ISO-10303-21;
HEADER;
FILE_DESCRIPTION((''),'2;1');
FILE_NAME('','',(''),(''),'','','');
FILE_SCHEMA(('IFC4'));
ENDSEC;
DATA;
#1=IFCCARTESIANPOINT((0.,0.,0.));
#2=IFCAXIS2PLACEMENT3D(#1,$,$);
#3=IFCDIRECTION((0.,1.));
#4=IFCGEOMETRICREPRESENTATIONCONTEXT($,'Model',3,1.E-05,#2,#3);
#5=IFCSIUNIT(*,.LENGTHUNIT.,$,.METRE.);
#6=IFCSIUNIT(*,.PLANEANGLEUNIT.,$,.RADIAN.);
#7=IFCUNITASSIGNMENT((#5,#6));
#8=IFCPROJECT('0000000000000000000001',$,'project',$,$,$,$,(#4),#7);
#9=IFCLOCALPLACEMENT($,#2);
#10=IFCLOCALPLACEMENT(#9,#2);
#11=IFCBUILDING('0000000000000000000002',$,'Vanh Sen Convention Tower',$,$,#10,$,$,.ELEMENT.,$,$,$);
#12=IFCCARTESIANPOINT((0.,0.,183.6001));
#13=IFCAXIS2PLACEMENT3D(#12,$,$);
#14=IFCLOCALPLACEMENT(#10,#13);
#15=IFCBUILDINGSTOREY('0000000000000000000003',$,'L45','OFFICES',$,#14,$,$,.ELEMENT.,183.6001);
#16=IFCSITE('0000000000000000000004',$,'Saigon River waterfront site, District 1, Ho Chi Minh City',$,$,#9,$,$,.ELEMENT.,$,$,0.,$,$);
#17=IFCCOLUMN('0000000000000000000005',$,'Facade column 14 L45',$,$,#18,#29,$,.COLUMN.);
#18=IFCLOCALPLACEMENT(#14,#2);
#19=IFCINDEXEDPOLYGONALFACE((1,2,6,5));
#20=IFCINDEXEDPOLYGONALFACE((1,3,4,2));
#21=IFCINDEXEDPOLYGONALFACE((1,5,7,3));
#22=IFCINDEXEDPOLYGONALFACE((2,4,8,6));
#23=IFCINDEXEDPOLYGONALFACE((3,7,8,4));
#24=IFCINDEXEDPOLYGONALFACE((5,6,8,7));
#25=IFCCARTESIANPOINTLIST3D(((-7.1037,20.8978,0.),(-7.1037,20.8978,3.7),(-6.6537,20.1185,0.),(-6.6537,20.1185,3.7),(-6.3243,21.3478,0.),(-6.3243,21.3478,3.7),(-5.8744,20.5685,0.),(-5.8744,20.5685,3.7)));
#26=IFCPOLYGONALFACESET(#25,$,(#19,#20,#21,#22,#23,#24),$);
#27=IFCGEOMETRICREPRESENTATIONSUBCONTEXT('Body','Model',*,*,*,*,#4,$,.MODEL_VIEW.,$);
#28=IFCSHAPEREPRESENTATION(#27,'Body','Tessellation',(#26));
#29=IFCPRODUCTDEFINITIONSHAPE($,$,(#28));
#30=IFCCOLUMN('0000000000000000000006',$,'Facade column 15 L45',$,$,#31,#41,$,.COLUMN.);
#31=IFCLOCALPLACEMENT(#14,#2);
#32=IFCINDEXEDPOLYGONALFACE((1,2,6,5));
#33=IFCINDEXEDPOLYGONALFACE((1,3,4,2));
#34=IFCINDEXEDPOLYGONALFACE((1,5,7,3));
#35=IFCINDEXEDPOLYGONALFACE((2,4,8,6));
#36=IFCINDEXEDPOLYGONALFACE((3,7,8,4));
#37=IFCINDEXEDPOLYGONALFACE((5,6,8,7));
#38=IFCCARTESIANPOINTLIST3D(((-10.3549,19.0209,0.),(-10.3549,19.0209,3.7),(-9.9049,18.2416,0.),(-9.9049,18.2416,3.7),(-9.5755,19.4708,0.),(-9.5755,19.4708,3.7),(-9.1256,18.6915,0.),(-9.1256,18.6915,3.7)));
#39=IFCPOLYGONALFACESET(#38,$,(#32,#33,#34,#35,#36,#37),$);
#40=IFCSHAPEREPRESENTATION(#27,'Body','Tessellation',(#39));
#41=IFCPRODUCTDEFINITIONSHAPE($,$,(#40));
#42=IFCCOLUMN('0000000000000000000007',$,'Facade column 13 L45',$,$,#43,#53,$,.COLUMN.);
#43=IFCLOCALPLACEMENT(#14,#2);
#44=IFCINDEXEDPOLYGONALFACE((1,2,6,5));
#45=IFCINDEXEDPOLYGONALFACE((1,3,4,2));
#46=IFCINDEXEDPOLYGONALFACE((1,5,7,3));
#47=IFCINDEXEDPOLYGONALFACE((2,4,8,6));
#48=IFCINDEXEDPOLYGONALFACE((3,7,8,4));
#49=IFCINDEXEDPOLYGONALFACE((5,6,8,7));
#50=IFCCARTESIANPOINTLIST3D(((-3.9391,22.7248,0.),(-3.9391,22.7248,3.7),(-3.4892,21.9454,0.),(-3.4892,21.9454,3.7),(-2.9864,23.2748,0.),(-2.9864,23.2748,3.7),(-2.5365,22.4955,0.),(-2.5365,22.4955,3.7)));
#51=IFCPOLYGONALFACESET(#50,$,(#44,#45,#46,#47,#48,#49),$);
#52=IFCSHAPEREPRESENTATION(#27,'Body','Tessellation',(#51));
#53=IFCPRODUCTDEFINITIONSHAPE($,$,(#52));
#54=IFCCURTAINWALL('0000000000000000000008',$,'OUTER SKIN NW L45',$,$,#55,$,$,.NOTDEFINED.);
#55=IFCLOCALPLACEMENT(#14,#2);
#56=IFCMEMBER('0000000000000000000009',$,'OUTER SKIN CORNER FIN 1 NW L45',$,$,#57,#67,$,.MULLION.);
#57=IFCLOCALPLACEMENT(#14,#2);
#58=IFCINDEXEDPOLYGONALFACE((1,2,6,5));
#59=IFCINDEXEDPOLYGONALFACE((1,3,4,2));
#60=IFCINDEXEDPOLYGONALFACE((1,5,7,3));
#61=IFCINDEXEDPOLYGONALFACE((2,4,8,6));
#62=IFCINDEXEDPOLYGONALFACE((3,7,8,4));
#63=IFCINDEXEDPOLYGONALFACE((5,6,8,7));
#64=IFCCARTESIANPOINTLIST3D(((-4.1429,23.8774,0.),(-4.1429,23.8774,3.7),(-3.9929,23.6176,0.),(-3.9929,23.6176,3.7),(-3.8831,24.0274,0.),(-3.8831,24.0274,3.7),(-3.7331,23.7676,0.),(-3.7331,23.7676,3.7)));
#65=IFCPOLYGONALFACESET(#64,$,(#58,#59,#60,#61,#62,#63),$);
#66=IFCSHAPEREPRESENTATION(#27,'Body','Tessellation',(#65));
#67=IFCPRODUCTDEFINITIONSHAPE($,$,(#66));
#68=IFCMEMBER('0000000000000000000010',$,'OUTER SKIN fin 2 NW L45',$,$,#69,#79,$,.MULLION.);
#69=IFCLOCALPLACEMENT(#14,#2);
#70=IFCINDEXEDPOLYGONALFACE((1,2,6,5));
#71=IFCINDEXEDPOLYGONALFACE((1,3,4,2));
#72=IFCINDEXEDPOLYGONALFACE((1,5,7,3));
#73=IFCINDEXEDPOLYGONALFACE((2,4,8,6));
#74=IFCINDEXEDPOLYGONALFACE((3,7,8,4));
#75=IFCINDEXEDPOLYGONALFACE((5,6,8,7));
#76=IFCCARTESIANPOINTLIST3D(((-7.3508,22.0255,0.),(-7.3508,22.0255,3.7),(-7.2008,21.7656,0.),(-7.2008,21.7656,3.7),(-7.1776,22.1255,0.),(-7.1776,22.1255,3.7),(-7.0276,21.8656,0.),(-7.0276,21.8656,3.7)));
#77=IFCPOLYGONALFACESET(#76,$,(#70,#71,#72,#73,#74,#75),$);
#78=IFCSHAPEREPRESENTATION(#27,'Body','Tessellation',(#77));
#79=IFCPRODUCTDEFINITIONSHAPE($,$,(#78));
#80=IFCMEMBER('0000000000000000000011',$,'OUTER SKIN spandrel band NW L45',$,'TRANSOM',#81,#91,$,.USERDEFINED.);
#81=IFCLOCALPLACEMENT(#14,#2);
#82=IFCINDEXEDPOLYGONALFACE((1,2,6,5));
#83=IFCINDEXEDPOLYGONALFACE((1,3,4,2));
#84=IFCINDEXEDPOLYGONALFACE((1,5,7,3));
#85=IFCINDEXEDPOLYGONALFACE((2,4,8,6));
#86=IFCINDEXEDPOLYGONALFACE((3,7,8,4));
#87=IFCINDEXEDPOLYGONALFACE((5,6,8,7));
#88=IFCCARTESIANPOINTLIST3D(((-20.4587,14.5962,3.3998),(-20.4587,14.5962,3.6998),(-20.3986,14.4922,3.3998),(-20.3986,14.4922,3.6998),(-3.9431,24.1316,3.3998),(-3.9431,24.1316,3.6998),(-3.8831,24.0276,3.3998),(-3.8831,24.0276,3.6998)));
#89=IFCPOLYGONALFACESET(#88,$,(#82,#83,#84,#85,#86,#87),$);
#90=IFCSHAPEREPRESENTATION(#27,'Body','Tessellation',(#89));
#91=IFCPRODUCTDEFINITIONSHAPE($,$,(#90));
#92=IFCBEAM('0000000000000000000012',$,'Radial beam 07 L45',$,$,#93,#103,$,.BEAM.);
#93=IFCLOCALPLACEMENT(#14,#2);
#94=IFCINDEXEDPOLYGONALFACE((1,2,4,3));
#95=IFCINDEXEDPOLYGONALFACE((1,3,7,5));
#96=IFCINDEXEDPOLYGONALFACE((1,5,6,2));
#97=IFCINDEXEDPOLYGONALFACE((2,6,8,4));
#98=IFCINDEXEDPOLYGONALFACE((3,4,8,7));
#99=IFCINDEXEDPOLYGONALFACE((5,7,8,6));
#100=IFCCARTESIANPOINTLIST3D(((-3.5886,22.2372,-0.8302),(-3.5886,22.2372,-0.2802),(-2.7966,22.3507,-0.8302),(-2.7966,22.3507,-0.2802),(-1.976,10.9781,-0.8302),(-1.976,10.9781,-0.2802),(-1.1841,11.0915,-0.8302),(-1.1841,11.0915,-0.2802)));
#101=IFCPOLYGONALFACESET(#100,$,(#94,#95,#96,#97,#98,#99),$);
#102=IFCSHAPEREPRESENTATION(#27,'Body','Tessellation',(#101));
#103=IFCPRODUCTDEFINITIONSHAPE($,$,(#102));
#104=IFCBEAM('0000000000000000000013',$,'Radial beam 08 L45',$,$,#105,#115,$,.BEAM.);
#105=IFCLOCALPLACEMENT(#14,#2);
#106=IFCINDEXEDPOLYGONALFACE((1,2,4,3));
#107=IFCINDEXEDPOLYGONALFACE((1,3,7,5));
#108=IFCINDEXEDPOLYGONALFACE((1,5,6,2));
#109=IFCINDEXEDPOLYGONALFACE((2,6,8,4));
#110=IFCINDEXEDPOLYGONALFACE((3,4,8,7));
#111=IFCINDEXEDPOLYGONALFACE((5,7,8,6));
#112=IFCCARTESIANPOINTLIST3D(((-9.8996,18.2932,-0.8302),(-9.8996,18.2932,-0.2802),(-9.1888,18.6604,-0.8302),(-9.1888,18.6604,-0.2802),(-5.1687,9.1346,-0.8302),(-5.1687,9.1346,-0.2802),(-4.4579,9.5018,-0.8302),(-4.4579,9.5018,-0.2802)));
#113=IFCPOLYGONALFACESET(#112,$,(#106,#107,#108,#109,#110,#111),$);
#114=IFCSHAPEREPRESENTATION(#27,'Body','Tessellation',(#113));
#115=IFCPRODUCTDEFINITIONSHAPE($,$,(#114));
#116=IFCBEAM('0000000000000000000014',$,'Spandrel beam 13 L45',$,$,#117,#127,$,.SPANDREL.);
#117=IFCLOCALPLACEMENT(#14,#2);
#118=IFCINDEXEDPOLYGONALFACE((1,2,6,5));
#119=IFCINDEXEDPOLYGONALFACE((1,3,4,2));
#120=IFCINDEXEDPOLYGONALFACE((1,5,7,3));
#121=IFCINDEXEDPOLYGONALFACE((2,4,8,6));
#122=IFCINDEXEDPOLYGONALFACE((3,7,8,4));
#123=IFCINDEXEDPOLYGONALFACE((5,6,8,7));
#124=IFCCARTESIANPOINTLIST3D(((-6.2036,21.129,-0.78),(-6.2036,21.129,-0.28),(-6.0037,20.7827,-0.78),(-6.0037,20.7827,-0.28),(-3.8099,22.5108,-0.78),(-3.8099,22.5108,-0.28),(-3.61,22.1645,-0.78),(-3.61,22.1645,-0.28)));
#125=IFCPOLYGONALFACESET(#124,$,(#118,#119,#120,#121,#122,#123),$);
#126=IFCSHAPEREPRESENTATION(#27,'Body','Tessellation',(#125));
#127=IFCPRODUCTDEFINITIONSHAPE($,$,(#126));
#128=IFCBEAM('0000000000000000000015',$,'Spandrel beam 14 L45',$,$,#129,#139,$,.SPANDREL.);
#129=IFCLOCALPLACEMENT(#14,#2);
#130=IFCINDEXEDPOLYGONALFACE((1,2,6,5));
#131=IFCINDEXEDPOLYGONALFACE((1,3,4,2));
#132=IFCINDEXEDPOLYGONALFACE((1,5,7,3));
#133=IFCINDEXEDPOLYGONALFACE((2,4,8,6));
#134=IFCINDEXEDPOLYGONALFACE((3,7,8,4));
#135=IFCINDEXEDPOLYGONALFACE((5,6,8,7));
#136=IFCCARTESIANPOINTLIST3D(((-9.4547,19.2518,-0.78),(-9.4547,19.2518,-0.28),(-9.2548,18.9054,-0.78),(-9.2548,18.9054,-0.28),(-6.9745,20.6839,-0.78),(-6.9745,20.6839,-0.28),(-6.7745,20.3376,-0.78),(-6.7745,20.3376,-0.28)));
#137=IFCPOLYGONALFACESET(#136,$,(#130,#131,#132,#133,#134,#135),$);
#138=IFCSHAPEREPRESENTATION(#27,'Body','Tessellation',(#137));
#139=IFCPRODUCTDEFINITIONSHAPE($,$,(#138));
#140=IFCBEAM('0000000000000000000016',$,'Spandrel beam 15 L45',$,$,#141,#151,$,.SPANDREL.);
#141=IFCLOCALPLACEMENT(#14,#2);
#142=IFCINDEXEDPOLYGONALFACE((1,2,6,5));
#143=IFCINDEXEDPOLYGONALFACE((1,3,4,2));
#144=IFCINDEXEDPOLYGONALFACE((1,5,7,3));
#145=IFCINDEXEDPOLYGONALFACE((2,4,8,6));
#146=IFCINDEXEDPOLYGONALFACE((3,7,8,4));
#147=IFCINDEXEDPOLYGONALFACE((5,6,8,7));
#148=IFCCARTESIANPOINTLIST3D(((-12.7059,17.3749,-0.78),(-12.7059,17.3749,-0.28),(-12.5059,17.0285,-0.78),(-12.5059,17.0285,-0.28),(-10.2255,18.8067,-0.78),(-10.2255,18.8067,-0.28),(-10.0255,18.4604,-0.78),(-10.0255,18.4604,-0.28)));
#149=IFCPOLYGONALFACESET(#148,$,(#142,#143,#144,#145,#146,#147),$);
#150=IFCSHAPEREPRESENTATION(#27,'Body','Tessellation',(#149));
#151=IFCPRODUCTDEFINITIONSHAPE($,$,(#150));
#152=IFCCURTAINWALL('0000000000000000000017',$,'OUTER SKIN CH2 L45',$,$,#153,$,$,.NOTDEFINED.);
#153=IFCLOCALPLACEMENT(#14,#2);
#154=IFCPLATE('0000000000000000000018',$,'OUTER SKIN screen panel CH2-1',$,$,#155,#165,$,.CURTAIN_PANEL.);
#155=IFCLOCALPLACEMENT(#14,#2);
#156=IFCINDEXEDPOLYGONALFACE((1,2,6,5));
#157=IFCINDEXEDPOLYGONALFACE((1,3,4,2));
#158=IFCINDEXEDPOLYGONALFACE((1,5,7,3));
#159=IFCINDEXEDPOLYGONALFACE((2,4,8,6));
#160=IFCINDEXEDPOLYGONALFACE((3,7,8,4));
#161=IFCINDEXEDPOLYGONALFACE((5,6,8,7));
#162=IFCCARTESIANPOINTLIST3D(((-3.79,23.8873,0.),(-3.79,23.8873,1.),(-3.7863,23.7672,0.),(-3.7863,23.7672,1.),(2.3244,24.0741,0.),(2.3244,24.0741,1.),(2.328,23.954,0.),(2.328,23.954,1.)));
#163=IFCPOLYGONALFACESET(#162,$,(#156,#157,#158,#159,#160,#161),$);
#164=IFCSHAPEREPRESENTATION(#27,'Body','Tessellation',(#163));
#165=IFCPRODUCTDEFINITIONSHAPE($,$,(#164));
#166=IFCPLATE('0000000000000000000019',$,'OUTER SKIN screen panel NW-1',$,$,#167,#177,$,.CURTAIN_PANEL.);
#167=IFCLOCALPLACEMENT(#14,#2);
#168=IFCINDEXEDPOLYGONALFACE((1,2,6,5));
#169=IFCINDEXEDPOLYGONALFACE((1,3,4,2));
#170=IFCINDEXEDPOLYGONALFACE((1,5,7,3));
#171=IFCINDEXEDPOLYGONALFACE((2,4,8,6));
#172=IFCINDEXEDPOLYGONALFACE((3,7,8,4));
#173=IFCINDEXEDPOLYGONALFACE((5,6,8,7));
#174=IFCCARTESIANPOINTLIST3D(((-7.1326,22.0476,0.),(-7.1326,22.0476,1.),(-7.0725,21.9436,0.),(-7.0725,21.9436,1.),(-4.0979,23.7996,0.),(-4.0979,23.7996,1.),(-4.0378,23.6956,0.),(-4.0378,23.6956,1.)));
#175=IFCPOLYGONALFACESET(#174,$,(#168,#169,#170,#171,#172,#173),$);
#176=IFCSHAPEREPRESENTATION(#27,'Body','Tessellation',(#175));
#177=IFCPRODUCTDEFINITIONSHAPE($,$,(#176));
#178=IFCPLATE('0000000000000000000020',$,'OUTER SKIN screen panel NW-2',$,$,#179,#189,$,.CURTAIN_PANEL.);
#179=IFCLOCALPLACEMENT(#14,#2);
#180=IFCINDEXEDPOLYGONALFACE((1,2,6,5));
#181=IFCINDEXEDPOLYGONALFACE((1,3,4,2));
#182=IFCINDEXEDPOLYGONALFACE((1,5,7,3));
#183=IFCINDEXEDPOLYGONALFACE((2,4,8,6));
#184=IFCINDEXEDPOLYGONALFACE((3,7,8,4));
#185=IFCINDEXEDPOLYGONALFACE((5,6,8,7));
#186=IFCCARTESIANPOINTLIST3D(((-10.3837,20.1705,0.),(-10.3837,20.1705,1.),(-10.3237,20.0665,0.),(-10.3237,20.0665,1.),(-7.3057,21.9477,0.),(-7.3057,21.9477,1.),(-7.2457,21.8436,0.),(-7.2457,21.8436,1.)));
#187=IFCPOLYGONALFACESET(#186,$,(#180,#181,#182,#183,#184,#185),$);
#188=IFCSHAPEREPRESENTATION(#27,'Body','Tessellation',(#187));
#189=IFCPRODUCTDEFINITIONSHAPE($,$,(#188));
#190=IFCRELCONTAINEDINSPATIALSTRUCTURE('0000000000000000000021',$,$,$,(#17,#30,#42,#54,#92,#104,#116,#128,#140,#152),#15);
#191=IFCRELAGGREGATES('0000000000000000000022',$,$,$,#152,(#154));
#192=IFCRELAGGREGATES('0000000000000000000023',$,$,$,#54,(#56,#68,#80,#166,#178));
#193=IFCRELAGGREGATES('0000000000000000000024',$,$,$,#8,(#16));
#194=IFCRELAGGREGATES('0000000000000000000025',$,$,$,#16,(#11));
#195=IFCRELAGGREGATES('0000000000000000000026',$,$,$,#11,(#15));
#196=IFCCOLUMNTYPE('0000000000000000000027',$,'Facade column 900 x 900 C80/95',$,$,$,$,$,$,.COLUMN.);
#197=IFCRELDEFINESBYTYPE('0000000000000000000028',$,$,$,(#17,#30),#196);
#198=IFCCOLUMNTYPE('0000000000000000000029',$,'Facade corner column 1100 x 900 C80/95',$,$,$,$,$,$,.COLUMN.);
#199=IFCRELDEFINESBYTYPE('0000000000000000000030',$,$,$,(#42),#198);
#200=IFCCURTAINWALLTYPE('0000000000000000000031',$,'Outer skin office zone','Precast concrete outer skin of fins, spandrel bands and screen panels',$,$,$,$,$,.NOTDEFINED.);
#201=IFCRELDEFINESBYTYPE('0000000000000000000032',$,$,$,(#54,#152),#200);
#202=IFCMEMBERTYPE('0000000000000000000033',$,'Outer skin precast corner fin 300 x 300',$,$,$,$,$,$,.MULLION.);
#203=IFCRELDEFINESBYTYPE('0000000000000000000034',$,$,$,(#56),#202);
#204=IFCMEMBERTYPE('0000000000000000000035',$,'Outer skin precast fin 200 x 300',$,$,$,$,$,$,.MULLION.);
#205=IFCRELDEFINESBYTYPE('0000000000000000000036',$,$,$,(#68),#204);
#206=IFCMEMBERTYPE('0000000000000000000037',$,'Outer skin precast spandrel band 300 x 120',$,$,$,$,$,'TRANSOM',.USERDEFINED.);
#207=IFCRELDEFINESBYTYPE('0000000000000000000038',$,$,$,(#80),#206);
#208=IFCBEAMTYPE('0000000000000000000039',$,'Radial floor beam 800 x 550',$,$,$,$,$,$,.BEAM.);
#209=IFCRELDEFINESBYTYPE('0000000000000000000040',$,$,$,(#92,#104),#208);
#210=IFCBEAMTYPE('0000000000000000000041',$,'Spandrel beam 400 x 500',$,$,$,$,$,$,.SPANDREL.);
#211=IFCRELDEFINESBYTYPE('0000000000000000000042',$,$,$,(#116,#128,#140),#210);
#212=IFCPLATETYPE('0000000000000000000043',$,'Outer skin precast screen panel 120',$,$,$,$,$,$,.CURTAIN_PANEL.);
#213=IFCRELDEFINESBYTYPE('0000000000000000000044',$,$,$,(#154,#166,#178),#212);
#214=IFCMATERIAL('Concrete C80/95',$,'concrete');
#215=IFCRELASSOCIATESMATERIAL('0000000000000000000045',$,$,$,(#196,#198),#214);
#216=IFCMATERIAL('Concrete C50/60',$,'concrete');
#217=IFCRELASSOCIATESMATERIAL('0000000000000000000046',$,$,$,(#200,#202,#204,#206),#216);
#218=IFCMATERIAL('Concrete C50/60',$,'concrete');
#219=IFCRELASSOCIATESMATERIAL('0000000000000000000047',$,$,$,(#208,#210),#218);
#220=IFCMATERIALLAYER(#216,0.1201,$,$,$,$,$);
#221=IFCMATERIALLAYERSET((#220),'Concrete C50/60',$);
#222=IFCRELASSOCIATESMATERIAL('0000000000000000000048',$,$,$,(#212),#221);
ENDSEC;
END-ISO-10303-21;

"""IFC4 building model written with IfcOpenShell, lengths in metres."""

from ifc_helpers import new_model, si_unit, direction, frame, origin, origin_2d, place, context, subcontext, project, spatial, rectangle, extrude, material, layer, layer_set, material_profile, profile_set, type_object, element, aggregate, save


model = new_model("IFC4")

# Units and contexts
model_context = context("Model", 3, precision=1e-05, world=origin(), true_north=direction((0.0, 1.0)))
body_context = subcontext(model_context, "Body", "Model", "MODEL_VIEW")
ifc_project = project(units=[si_unit("LENGTHUNIT", "METRE"), si_unit("PLANEANGLEUNIT", "RADIAN")], contexts=[model_context])

# Site, building, storey
site_placement = place(None, origin())
site = spatial("IfcSite", under=ifc_project, at=site_placement, Name="Saigon River waterfront site, District 1, Ho Chi Minh City", CompositionType="ELEMENT", RefElevation=0.0)
building_placement = place(site_placement, origin())
building = spatial("IfcBuilding", under=site, at=building_placement, Name="Vanh Sen Convention Tower", CompositionType="ELEMENT")
storey_placement = place(building_placement, frame((0.0, 0.0, 183.6001)))
storey = spatial("IfcBuildingStorey", under=building, at=storey_placement, Name="L45", Description="OFFICES", CompositionType="ELEMENT", Elevation=183.6001)

# Columns
ifc_material_1 = material(Name="Concrete C80/95", Category="concrete")
ifc_material_profile_1 = material_profile(ifc_material_1, rectangle(XDim=0.8999, YDim=0.8999, at=origin_2d()), Name="RC 900X900")
ifc_profile_set_1 = profile_set([ifc_material_profile_1], Name="Concrete C80/95")
column_type_1 = type_object("IfcColumnType", Name="Facade column 900 x 900 C80/95", PredefinedType="COLUMN", material=ifc_profile_set_1)
for number, where, z_axis, x_axis, name in (
    (1, (-6.489, 20.7332, 0.0), (0.0, 0.0, 1.0), (-0.866025, -0.5, 0.0), "Facade column 14 L45"),
    (2, (-9.7402, 18.8562, 0.0), (0.0, 0.0, 1.0), (-0.866025, -0.5, 0.0), "Facade column 15 L45"),
):
    element("IfcColumn", number, at=place(storey_placement, frame(where, z_axis=z_axis, x_axis=x_axis)), inside=storey, type_object=column_type_1, Name=name, PredefinedType="COLUMN", context=body_context, shape_type="SweptSolid", body=[
        extrude(rectangle(XDim=0.8999, YDim=0.8999, at=origin_2d()), origin(), (0.0, 0.0, 1.0), 3.7),
    ])
ifc_material_profile_2 = material_profile(ifc_material_1, rectangle(XDim=1.1001, YDim=0.8999, at=origin_2d()), Name="RC 1100X900")
ifc_profile_set_2 = profile_set([ifc_material_profile_2], Name="Concrete C80/95")
column_type_2 = type_object("IfcColumnType", Name="Facade corner column 1100 x 900 C80/95", PredefinedType="COLUMN", material=ifc_profile_set_2)
column_placement = place(storey_placement, frame((-3.2378, 22.6101, 0.0), z_axis=(0.0, 0.0, 1.0), x_axis=(-0.866025, -0.5, 0.0)))
element("IfcColumn", 3, at=column_placement, inside=storey, type_object=column_type_2, Name="Facade column 13 L45", PredefinedType="COLUMN", context=body_context, shape_type="SweptSolid", body=[
    extrude(rectangle(XDim=1.1001, YDim=0.8999, at=origin_2d()), origin(), (0.0, 0.0, 1.0), 3.7),
])

# Curtain wall, members
ifc_material_2 = material(Name="Concrete C50/60", Category="concrete")
curtain_wall_type = type_object("IfcCurtainWallType", Name="Outer skin office zone", Description="Precast concrete outer skin of fins, spandrel bands and screen panels", PredefinedType="NOTDEFINED", material=ifc_material_2)
curtain_wall_1_placement = place(storey_placement, origin())
curtain_wall_1 = element("IfcCurtainWall", 4, at=curtain_wall_1_placement, inside=storey, type_object=curtain_wall_type, Name="OUTER SKIN NW L45", PredefinedType="NOTDEFINED")
ifc_material_profile_3 = material_profile(ifc_material_2, rectangle(XDim=0.3, YDim=0.3, at=origin_2d()), Name="Outer skin precast corner fin 300 x 300")
ifc_profile_set_3 = profile_set([ifc_material_profile_3], Name="Concrete C50/60")
member_type_1 = type_object("IfcMemberType", Name="Outer skin precast corner fin 300 x 300", PredefinedType="MULLION", material=ifc_profile_set_3)
member_1_placement = place(storey_placement, frame((-3.938, 23.8225, 0.0), z_axis=(0.0, 0.0, 1.0), x_axis=(-0.866025, -0.5, 0.0)))
member_1 = element("IfcMember", 5, at=member_1_placement, type_object=member_type_1, Name="OUTER SKIN CORNER FIN 1 NW L45", PredefinedType="MULLION", context=body_context, shape_type="SweptSolid", body=[
    extrude(rectangle(XDim=0.3, YDim=0.3, at=origin_2d()), origin(), (0.0, 0.0, 1.0), 3.7),
])
ifc_material_profile_4 = material_profile(ifc_material_2, rectangle(XDim=0.2, YDim=0.3, at=origin_2d()), Name="Outer skin precast fin 200 x 300")
ifc_profile_set_4 = profile_set([ifc_material_profile_4], Name="Concrete C50/60")
member_type_2 = type_object("IfcMemberType", Name="Outer skin precast fin 200 x 300", PredefinedType="MULLION", material=ifc_profile_set_4)
member_2_placement = place(storey_placement, frame((-7.1892, 21.9456, 0.0), z_axis=(0.0, 0.0, 1.0), x_axis=(-0.866025, -0.5, 0.0)))
member_2 = element("IfcMember", 6, at=member_2_placement, type_object=member_type_2, Name="OUTER SKIN fin 2 NW L45", PredefinedType="MULLION", context=body_context, shape_type="SweptSolid", body=[
    extrude(rectangle(XDim=0.2, YDim=0.3, at=origin_2d()), origin(), (0.0, 0.0, 1.0), 3.7),
])
ifc_material_profile_5 = material_profile(ifc_material_2, rectangle(XDim=0.1201, YDim=0.3, at=origin_2d()), Name="Outer skin precast spandrel band 300 x 120")
ifc_profile_set_5 = profile_set([ifc_material_profile_5], Name="Concrete C50/60")
member_type_3 = type_object("IfcMemberType", Name="Outer skin precast spandrel band 300 x 120", ElementType="TRANSOM", PredefinedType="USERDEFINED", material=ifc_profile_set_5)
member_3_placement = place(storey_placement, frame((-3.9131, 24.0796, 3.5498), z_axis=(-0.866023, -0.500004, 0.0), x_axis=(0.500004, -0.866023, 0.0)))
member_3 = element("IfcMember", 7, at=member_3_placement, type_object=member_type_3, Name="OUTER SKIN spandrel band NW L45", ObjectType="TRANSOM", PredefinedType="USERDEFINED", context=body_context, shape_type="SweptSolid", body=[
    extrude(rectangle(XDim=0.1201, YDim=0.3, at=origin_2d()), origin(), (0.0, 0.0, 1.0), 19.0706),
])

# Beams
ifc_material_3 = material(Name="Concrete C50/60", Category="concrete")
ifc_material_profile_6 = material_profile(ifc_material_3, rectangle(XDim=0.8, YDim=0.55, at=origin_2d()), Name="RC 800X550")
ifc_profile_set_6 = profile_set([ifc_material_profile_6], Name="Concrete C50/60")
beam_type_1 = type_object("IfcBeamType", Name="Radial floor beam 800 x 550", PredefinedType="BEAM", material=ifc_profile_set_6)
beam_1_placement = place(storey_placement, frame((-3.1926, 22.2939, -0.5552), z_axis=(0.141776, -0.989899, 0.0), x_axis=(0.989899, 0.141776, 0.0)))
element("IfcBeam", 8, at=beam_1_placement, inside=storey, type_object=beam_type_1, Name="Radial beam 07 L45", PredefinedType="BEAM", context=body_context, shape_type="SweptSolid", body=[
    extrude(rectangle(XDim=0.8, YDim=0.55, at=origin_2d()), origin(), (0.0, 0.0, 1.0), 11.374),
])
beam_2_placement = place(storey_placement, frame((-9.5442, 18.4768, -0.5552), z_axis=(0.458941, -0.888467, 0.0), x_axis=(0.888467, 0.458941, 0.0)))
element("IfcBeam", 9, at=beam_2_placement, inside=storey, type_object=beam_type_1, Name="Radial beam 08 L45", PredefinedType="BEAM", context=body_context, shape_type="SweptSolid", body=[
    extrude(rectangle(XDim=0.8, YDim=0.55, at=origin_2d()), origin(), (0.0, 0.0, 1.0), 10.3083),
])
ifc_material_profile_7 = material_profile(ifc_material_3, rectangle(XDim=0.3999, YDim=0.5, at=origin_2d()), Name="RC 400X500")
ifc_profile_set_7 = profile_set([ifc_material_profile_7], Name="Concrete C50/60")
beam_type_2 = type_object("IfcBeamType", Name="Spandrel beam 400 x 500", PredefinedType="SPANDREL", material=ifc_profile_set_7)
beam_3_placement = place(storey_placement, frame((-3.71, 22.3376, -0.53), z_axis=(-0.866061, -0.499939, 0.0), x_axis=(0.499939, -0.866061, 0.0)))
element("IfcBeam", 10, at=beam_3_placement, inside=storey, type_object=beam_type_2, Name="Spandrel beam 13 L45", PredefinedType="SPANDREL", context=body_context, shape_type="SweptSolid", body=[
    extrude(rectangle(XDim=0.3999, YDim=0.5, at=origin_2d()), origin(), (0.0, 0.0, 1.0), 2.7639),
])
for number, where, z_axis, x_axis, name in (
    (11, (-6.8745, 20.5107, -0.53), (-0.866, -0.500045, 0.0), (0.500045, -0.866, 0.0), "Spandrel beam 14 L45"),
    (12, (-10.1255, 18.6335, -0.53), (-0.866058, -0.499944, 0.0), (0.499944, -0.866058, 0.0), "Spandrel beam 15 L45"),
):
    element("IfcBeam", number, at=place(storey_placement, frame(where, z_axis=z_axis, x_axis=x_axis)), inside=storey, type_object=beam_type_2, Name=name, PredefinedType="SPANDREL", context=body_context, shape_type="SweptSolid", body=[
        extrude(rectangle(XDim=0.3999, YDim=0.5, at=origin_2d()), origin(), (0.0, 0.0, 1.0), 2.864),
    ])

# Curtain wall, plate
curtain_wall_2_placement = place(storey_placement, origin())
curtain_wall_2 = element("IfcCurtainWall", 13, at=curtain_wall_2_placement, inside=storey, type_object=curtain_wall_type, Name="OUTER SKIN CH2 L45", PredefinedType="NOTDEFINED")
ifc_layer_1 = layer(ifc_material_2, 0.1201)
ifc_layer_set_1 = layer_set([ifc_layer_1], Name="Concrete C50/60")
plate_type = type_object("IfcPlateType", Name="Outer skin precast screen panel 120", PredefinedType="CURTAIN_PANEL", material=ifc_layer_set_1)
plate_1_placement = place(storey_placement, frame((-0.731, 23.9207, 0.0), z_axis=(0.0, 0.0, 1.0), x_axis=(-0.999534, -0.030539, 0.0)))
plate_1 = element("IfcPlate", 14, at=plate_1_placement, type_object=plate_type, Name="OUTER SKIN screen panel CH2-1", PredefinedType="CURTAIN_PANEL", context=body_context, shape_type="SweptSolid", body=[
    extrude(rectangle(XDim=6.1172, YDim=0.1201, at=origin_2d()), origin(), (0.0, 0.0, 1.0), 1.0),
])
aggregate(curtain_wall_2, [plate_1])

# Plates
plate_2_placement = place(storey_placement, frame((-5.5852, 22.8716, 0.0), z_axis=(0.0, 0.0, 1.0), x_axis=(-0.866035, -0.499983, 0.0)))
plate_2 = element("IfcPlate", 15, at=plate_2_placement, type_object=plate_type, Name="OUTER SKIN screen panel NW-1", PredefinedType="CURTAIN_PANEL", context=body_context, shape_type="SweptSolid", body=[
    extrude(rectangle(XDim=3.5042, YDim=0.1201, at=origin_2d()), origin(), (0.0, 0.0, 1.0), 1.0),
])
plate_3_placement = place(storey_placement, frame((-8.8147, 21.0071, 0.0), z_axis=(0.0, 0.0, 1.0), x_axis=(-0.866017, -0.500015, 0.0)))
plate_3 = element("IfcPlate", 16, at=plate_3_placement, type_object=plate_type, Name="OUTER SKIN screen panel NW-2", PredefinedType="CURTAIN_PANEL", context=body_context, shape_type="SweptSolid", body=[
    extrude(rectangle(XDim=3.5542, YDim=0.1201, at=origin_2d()), origin(), (0.0, 0.0, 1.0), 1.0),
])
aggregate(curtain_wall_1, [member_1, member_2, member_3, plate_2, plate_3])

save(model, "model.ifc")
